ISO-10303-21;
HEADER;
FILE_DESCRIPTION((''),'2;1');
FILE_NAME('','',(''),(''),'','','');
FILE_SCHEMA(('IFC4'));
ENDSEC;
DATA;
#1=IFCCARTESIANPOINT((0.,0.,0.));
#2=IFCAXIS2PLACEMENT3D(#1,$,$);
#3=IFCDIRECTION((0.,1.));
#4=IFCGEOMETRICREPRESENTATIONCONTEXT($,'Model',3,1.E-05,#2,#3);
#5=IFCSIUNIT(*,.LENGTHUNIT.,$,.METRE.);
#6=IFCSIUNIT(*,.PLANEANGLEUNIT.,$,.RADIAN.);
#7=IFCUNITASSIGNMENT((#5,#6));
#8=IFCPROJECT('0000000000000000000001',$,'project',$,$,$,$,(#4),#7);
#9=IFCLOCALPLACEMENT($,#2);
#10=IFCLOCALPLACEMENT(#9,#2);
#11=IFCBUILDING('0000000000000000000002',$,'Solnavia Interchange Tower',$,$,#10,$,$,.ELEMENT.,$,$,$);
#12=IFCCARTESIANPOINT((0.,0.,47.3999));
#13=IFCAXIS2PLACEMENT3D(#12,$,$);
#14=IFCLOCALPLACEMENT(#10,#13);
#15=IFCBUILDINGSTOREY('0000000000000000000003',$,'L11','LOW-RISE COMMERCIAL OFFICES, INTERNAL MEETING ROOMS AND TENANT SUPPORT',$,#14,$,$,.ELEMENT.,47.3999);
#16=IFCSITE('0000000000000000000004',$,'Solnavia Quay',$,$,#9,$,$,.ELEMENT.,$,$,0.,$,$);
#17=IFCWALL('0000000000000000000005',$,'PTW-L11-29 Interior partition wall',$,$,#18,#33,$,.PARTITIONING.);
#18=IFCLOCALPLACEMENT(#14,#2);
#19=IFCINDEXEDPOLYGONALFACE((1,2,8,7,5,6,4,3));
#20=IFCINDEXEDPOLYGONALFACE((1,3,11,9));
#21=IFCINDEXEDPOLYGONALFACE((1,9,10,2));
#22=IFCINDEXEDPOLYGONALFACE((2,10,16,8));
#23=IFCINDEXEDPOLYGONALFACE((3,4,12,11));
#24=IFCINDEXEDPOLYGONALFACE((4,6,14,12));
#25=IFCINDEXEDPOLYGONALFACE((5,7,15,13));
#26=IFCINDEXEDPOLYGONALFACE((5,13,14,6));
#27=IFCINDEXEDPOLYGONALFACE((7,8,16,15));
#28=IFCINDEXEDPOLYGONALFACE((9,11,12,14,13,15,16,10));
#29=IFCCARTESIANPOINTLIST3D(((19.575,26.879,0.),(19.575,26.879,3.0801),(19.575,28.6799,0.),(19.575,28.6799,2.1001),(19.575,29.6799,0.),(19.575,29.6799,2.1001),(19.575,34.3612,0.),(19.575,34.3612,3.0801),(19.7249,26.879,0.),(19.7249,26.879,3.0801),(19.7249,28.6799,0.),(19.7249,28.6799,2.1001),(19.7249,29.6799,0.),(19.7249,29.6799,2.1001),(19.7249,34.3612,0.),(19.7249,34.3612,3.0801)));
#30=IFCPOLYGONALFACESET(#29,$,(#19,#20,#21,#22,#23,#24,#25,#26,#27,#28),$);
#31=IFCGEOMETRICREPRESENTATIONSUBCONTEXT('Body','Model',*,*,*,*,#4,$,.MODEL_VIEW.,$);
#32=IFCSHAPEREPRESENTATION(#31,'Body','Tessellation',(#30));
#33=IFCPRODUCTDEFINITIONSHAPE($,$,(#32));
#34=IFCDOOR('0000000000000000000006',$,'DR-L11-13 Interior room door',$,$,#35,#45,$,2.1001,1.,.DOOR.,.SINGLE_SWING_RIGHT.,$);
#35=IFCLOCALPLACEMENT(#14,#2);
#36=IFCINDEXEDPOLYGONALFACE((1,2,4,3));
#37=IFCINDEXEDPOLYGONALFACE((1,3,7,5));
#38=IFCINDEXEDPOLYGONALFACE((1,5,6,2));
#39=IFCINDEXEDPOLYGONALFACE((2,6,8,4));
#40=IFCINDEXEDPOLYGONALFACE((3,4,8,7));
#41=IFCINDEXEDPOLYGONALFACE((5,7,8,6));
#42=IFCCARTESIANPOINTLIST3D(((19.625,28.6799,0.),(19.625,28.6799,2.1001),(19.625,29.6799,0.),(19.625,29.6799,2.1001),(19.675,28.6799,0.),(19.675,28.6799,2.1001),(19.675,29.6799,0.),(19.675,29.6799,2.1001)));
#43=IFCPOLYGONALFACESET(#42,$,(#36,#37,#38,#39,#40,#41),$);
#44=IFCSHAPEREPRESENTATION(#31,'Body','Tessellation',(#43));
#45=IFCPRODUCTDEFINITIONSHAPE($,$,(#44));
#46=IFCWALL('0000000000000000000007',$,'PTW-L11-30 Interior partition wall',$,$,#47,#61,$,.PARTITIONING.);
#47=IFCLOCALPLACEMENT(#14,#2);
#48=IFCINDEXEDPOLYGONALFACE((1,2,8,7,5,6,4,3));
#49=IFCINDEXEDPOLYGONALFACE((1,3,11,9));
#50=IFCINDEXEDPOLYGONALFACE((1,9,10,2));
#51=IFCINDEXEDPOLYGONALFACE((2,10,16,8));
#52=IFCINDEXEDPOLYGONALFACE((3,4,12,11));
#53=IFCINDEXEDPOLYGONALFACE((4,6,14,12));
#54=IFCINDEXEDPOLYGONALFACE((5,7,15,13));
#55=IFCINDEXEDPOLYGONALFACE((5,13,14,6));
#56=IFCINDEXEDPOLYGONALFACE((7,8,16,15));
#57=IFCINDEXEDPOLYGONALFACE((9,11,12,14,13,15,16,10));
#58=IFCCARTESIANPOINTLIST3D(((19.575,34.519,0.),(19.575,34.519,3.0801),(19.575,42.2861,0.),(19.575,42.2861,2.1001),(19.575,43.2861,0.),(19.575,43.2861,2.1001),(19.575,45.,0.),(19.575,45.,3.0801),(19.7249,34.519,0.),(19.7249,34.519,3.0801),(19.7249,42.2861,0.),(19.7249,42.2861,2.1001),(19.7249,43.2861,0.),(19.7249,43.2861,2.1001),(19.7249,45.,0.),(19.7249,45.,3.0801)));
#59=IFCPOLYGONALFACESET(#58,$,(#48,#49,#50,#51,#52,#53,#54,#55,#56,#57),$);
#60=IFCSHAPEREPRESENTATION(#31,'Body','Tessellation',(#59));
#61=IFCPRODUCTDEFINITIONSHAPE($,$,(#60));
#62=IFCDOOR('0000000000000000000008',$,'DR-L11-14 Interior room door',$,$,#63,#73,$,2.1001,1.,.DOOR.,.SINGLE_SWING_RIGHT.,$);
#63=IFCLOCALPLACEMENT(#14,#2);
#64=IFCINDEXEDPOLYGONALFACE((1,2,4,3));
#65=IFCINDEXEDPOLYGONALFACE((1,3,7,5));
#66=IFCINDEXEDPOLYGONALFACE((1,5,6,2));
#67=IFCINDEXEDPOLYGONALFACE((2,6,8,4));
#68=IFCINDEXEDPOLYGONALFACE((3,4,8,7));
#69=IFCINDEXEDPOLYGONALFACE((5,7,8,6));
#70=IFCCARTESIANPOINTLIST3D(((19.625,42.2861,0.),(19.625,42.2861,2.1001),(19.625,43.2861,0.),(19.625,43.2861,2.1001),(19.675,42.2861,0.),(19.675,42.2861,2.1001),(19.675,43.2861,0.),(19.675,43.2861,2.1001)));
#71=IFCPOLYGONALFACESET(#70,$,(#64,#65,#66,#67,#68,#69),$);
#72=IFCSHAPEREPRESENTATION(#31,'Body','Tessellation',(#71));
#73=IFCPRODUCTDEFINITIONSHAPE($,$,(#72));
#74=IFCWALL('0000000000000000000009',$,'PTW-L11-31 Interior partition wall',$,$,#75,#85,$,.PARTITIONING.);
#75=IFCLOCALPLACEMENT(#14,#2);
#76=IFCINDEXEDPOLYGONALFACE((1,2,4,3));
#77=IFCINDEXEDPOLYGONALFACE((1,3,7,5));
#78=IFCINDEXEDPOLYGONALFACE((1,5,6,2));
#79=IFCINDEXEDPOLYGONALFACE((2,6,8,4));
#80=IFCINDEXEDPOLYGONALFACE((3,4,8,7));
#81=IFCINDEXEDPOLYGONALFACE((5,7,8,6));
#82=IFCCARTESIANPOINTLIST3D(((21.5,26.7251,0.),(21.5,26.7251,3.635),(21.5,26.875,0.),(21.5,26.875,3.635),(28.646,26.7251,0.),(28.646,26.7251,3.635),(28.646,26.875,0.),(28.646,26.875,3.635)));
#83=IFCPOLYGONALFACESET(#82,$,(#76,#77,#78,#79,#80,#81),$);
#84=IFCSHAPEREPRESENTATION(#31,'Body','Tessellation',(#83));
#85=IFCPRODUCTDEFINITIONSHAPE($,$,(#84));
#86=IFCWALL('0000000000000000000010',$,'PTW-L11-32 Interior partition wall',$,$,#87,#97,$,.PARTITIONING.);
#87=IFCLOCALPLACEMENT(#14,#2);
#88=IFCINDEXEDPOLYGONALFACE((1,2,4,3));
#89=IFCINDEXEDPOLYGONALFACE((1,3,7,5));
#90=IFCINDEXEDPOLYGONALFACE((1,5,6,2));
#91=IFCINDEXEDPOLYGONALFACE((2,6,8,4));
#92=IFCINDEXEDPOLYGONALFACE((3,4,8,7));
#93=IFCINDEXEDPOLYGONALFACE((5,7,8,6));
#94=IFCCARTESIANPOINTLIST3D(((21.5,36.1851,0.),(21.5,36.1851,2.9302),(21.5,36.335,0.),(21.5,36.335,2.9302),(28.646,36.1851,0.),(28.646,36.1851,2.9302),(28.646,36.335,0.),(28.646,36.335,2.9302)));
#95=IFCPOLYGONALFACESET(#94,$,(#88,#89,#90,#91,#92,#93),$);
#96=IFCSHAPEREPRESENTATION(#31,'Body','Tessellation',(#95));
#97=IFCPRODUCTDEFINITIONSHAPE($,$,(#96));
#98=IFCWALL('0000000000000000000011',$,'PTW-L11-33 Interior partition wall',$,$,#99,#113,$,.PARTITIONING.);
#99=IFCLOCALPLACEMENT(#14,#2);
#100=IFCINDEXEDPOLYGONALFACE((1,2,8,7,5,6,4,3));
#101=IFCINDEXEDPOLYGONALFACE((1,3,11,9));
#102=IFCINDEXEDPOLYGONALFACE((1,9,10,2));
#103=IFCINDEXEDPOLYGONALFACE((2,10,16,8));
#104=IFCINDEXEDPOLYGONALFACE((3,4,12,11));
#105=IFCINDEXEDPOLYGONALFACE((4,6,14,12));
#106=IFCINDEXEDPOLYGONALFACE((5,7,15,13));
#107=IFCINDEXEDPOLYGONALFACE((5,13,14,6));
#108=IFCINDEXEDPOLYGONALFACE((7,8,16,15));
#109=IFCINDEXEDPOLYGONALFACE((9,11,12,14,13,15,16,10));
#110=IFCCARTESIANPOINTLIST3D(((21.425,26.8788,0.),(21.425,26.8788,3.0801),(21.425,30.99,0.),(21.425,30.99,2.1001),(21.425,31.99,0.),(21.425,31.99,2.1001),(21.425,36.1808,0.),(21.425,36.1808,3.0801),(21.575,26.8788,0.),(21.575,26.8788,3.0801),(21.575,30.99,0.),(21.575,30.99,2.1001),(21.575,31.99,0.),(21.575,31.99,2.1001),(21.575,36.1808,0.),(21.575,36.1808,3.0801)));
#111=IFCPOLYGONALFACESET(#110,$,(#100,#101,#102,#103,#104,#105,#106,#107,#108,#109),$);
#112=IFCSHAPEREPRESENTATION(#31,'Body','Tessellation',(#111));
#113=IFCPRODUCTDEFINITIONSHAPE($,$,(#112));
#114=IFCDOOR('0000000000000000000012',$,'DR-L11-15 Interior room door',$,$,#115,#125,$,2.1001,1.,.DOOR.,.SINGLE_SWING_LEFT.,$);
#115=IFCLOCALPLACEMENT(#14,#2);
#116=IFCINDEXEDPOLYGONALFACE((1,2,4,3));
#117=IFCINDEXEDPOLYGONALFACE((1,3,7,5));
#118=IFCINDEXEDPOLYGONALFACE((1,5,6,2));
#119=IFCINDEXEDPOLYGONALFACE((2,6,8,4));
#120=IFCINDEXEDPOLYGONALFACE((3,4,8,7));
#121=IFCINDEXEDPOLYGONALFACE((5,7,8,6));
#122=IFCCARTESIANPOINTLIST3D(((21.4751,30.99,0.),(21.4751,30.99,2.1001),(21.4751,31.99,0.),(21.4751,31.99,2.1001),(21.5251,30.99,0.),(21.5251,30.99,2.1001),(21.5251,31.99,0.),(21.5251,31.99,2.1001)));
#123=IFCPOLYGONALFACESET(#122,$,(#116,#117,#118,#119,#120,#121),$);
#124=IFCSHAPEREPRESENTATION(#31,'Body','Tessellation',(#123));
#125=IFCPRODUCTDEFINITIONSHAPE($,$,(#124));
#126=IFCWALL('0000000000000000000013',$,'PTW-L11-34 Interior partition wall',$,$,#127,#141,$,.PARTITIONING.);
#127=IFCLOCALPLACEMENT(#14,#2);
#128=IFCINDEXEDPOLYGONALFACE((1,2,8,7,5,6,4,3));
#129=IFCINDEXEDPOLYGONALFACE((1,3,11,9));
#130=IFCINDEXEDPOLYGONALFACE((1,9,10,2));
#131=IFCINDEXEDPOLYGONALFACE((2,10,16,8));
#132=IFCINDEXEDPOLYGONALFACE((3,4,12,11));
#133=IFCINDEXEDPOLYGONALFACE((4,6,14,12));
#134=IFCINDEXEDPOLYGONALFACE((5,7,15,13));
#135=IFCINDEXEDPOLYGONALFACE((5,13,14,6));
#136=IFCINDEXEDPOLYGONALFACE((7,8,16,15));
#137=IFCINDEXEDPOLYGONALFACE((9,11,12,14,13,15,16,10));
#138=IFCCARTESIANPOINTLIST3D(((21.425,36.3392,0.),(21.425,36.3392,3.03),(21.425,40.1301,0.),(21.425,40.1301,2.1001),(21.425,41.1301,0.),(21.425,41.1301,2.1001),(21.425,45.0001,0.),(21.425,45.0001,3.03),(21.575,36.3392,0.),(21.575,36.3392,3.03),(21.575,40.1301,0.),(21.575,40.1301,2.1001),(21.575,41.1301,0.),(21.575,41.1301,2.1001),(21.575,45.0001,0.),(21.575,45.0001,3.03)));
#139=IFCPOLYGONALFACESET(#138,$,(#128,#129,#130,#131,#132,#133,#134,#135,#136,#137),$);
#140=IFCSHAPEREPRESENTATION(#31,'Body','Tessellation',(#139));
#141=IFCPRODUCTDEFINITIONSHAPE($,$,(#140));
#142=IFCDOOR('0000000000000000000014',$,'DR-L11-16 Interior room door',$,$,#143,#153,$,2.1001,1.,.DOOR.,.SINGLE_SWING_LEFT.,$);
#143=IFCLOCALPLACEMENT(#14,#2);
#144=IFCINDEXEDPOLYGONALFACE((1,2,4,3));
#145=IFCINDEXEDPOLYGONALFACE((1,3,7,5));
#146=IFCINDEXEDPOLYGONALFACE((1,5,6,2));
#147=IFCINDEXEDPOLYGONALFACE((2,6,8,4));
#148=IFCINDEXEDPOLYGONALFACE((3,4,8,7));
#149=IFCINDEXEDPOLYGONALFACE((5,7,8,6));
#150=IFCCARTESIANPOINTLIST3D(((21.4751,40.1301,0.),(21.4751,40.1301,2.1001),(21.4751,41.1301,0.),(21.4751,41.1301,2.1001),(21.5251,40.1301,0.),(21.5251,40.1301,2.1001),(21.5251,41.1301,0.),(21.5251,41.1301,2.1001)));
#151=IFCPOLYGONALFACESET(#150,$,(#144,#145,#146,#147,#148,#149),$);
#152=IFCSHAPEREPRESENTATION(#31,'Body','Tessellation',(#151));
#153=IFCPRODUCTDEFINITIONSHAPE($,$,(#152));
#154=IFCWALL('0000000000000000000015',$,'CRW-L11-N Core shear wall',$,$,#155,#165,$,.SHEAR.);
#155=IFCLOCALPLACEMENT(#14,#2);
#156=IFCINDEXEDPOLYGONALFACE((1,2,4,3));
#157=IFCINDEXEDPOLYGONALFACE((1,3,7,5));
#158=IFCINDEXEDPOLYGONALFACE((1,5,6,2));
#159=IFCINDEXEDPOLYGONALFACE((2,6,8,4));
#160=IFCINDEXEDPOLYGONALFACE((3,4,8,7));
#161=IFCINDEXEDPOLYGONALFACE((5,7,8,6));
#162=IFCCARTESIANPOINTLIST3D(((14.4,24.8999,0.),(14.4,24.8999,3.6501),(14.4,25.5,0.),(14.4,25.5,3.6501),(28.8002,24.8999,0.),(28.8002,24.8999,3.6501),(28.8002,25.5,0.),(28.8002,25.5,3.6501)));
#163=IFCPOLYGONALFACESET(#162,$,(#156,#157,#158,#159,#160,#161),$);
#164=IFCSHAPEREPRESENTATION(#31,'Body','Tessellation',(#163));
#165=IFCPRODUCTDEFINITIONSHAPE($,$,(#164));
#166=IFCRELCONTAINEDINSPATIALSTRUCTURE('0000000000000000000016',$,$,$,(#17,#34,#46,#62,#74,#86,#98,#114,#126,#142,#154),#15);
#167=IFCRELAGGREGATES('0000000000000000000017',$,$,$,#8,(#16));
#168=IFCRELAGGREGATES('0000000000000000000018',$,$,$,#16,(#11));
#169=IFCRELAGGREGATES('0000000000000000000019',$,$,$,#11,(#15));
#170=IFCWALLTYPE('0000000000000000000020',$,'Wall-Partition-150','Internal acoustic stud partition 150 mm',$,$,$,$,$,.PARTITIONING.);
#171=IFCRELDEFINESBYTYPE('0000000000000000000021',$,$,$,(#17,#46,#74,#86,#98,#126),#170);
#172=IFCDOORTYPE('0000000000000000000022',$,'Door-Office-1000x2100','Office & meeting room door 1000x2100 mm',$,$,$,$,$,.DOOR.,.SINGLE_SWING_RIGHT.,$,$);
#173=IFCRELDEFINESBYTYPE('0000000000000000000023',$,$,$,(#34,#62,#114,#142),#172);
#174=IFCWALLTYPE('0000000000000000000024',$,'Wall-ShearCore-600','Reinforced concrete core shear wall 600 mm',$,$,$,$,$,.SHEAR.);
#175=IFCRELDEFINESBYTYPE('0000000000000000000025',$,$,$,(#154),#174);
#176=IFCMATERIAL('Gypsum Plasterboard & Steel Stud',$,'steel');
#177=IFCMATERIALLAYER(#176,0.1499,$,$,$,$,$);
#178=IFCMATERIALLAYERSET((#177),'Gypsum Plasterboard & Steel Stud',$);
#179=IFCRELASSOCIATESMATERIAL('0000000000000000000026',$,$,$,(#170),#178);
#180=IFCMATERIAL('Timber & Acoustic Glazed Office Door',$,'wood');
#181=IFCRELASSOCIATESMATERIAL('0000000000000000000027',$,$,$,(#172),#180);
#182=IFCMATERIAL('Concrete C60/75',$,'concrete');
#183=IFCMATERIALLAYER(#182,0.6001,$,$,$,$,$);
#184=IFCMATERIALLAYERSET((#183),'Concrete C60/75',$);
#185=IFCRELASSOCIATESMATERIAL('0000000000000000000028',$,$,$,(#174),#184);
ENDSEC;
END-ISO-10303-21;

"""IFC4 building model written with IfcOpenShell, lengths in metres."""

from ifc_helpers import new_model, si_unit, direction, frame, frame_2d, origin, place, context, subcontext, project, spatial, rectangle, extrude, material, layer, layer_set, type_object, element, fill, save


model = new_model("IFC4")

# Units and contexts
model_context = context("Model", 3, precision=1e-05, world=origin(), true_north=direction((0.0, 1.0)))
body_context = subcontext(model_context, "Body", "Model", "MODEL_VIEW")
ifc_project = project(units=[si_unit("LENGTHUNIT", "METRE"), si_unit("PLANEANGLEUNIT", "RADIAN")], contexts=[model_context])

# Site, building, storey
site_placement = place(None, origin())
site = spatial("IfcSite", under=ifc_project, at=site_placement, Name="Solnavia Quay", CompositionType="ELEMENT", RefElevation=0.0)
building_placement = place(site_placement, origin())
building = spatial("IfcBuilding", under=site, at=building_placement, Name="Solnavia Interchange Tower", CompositionType="ELEMENT")
storey_placement = place(building_placement, frame((0.0, 0.0, 47.3999)))
storey = spatial("IfcBuildingStorey", under=building, at=storey_placement, Name="L11", Description="LOW-RISE COMMERCIAL OFFICES, INTERNAL MEETING ROOMS AND TENANT SUPPORT", CompositionType="ELEMENT", Elevation=47.3999)

# Walls, openings, doors
ifc_material_1 = material(Name="Gypsum Plasterboard & Steel Stud", Category="steel")
ifc_layer_1 = layer(ifc_material_1, 0.1499)
ifc_layer_set_1 = layer_set([ifc_layer_1], Name="Gypsum Plasterboard & Steel Stud")
wall_type_1 = type_object("IfcWallType", Name="Wall-Partition-150", Description="Internal acoustic stud partition 150 mm", PredefinedType="PARTITIONING", material=ifc_layer_set_1)
wall_1_placement = place(storey_placement, frame((19.6499, 26.8789, 0.0), z_axis=(0.0, 0.0, 1.0), x_axis=(0.0, 1.0, 0.0)))
wall_1 = element("IfcWall", 1, at=wall_1_placement, inside=storey, type_object=wall_type_1, Name="PTW-L11-29 Interior partition wall", PredefinedType="PARTITIONING", context=body_context, shape_type="SweptSolid", body=[
    extrude(rectangle(XDim=7.4822, YDim=0.1499, at=frame_2d((3.7412, 0.0))), origin(), (0.0, 0.0, 1.0), 3.0801),
])
opening_1_placement = place(wall_1_placement, frame((1.801, 0.0, 0.0)))
opening_1 = element("IfcOpeningElement", 2, at=opening_1_placement, cuts=wall_1, PredefinedType="OPENING", context=body_context, shape_type="SweptSolid", body=[
    extrude(rectangle(XDim=1.0, YDim=2.1001, at=frame_2d((0.5, 1.05))), frame((0.0, 0.085, 0.0), z_axis=(0.0, -1.0, 0.0), x_axis=(1.0, 0.0, 0.0)), (0.0, 0.0, 1.0), 0.1699),
])
ifc_material_2 = material(Name="Timber & Acoustic Glazed Office Door", Category="wood")
door_type = type_object("IfcDoorType", Name="Door-Office-1000x2100", Description="Office & meeting room door 1000x2100 mm", OperationType="SINGLE_SWING_RIGHT", PredefinedType="DOOR", material=ifc_material_2)
door_1_placement = place(opening_1_placement, origin())
door_1 = element("IfcDoor", 3, at=door_1_placement, inside=storey, type_object=door_type, Name="DR-L11-13 Interior room door", OperationType="SINGLE_SWING_RIGHT", OverallHeight=2.1001, OverallWidth=1.0, PredefinedType="DOOR", context=body_context, shape_type="SweptSolid", body=[
    extrude(rectangle(XDim=1.0, YDim=2.1001, at=frame_2d((0.5, 1.05))), frame((0.0, 0.0249, 0.0), z_axis=(0.0, -1.0, 0.0), x_axis=(1.0, 0.0, 0.0)), (0.0, 0.0, 1.0), 0.05),
])
fill(opening_1, door_1)
wall_2_placement = place(storey_placement, frame((19.6499, 34.519, 0.0), z_axis=(0.0, 0.0, 1.0), x_axis=(0.0, 1.0, 0.0)))
wall_2 = element("IfcWall", 4, at=wall_2_placement, inside=storey, type_object=wall_type_1, Name="PTW-L11-30 Interior partition wall", PredefinedType="PARTITIONING", context=body_context, shape_type="SweptSolid", body=[
    extrude(rectangle(XDim=10.481, YDim=0.1499, at=frame_2d((5.2405, 0.0))), origin(), (0.0, 0.0, 1.0), 3.0801),
])
opening_2_placement = place(wall_2_placement, frame((7.7671, 0.0, 0.0)))
opening_2 = element("IfcOpeningElement", 5, at=opening_2_placement, cuts=wall_2, PredefinedType="OPENING", context=body_context, shape_type="SweptSolid", body=[
    extrude(rectangle(XDim=1.0, YDim=2.1001, at=frame_2d((0.5, 1.05))), frame((0.0, 0.085, 0.0), z_axis=(0.0, -1.0, 0.0), x_axis=(1.0, 0.0, 0.0)), (0.0, 0.0, 1.0), 0.1699),
])
door_2_placement = place(opening_2_placement, origin())
door_2 = element("IfcDoor", 6, at=door_2_placement, inside=storey, type_object=door_type, Name="DR-L11-14 Interior room door", OperationType="SINGLE_SWING_RIGHT", OverallHeight=2.1001, OverallWidth=1.0, PredefinedType="DOOR", context=body_context, shape_type="SweptSolid", body=[
    extrude(rectangle(XDim=1.0, YDim=2.1001, at=frame_2d((0.5, 1.05))), frame((0.0, 0.0249, 0.0), z_axis=(0.0, -1.0, 0.0), x_axis=(1.0, 0.0, 0.0)), (0.0, 0.0, 1.0), 0.05),
])
fill(opening_2, door_2)

# Walls
wall_3_placement = place(storey_placement, frame((21.5, 26.8, 0.0), z_axis=(0.0, 0.0, 1.0), x_axis=(1.0, 0.0, 0.0)))
element("IfcWall", 7, at=wall_3_placement, inside=storey, type_object=wall_type_1, Name="PTW-L11-31 Interior partition wall", PredefinedType="PARTITIONING", context=body_context, shape_type="SweptSolid", body=[
    extrude(rectangle(XDim=7.146, YDim=0.1499, at=frame_2d((3.573, 0.0))), origin(), (0.0, 0.0, 1.0), 3.635),
])
wall_4_placement = place(storey_placement, frame((21.5, 36.26, 0.0), z_axis=(0.0, 0.0, 1.0), x_axis=(1.0, 0.0, 0.0)))
element("IfcWall", 8, at=wall_4_placement, inside=storey, type_object=wall_type_1, Name="PTW-L11-32 Interior partition wall", PredefinedType="PARTITIONING", context=body_context, shape_type="SweptSolid", body=[
    extrude(rectangle(XDim=7.146, YDim=0.1499, at=frame_2d((3.573, 0.0))), origin(), (0.0, 0.0, 1.0), 2.9302),
])

# Walls, openings, doors
wall_5_placement = place(storey_placement, frame((21.5, 26.8789, 0.0), z_axis=(0.0, 0.0, 1.0), x_axis=(0.0, 1.0, 0.0)))
wall_5 = element("IfcWall", 9, at=wall_5_placement, inside=storey, type_object=wall_type_1, Name="PTW-L11-33 Interior partition wall", PredefinedType="PARTITIONING", context=body_context, shape_type="SweptSolid", body=[
    extrude(rectangle(XDim=9.302, YDim=0.1499, at=frame_2d((4.6509, 0.0))), origin(), (0.0, 0.0, 1.0), 3.0801),
])
opening_3_placement = place(wall_5_placement, frame((4.1111, 0.0, 0.0)))
opening_3 = element("IfcOpeningElement", 10, at=opening_3_placement, cuts=wall_5, PredefinedType="OPENING", context=body_context, shape_type="SweptSolid", body=[
    extrude(rectangle(XDim=1.0, YDim=2.1001, at=frame_2d((0.5, 1.05))), frame((0.0, 0.085, 0.0), z_axis=(0.0, -1.0, 0.0), x_axis=(1.0, 0.0, 0.0)), (0.0, 0.0, 1.0), 0.1699),
])
door_3_placement = place(opening_3_placement, origin())
door_3 = element("IfcDoor", 11, at=door_3_placement, inside=storey, type_object=door_type, Name="DR-L11-15 Interior room door", OperationType="SINGLE_SWING_LEFT", OverallHeight=2.1001, OverallWidth=1.0, PredefinedType="DOOR", context=body_context, shape_type="SweptSolid", body=[
    extrude(rectangle(XDim=1.0, YDim=2.1001, at=frame_2d((0.5, 1.05))), frame((0.0, 0.0249, 0.0), z_axis=(0.0, -1.0, 0.0), x_axis=(1.0, 0.0, 0.0)), (0.0, 0.0, 1.0), 0.05),
])
fill(opening_3, door_3)
wall_6_placement = place(storey_placement, frame((21.5, 36.3391, 0.0), z_axis=(0.0, 0.0, 1.0), x_axis=(0.0, 1.0, 0.0)))
wall_6 = element("IfcWall", 12, at=wall_6_placement, inside=storey, type_object=wall_type_1, Name="PTW-L11-34 Interior partition wall", PredefinedType="PARTITIONING", context=body_context, shape_type="SweptSolid", body=[
    extrude(rectangle(XDim=8.6609, YDim=0.1499, at=frame_2d((4.3306, 0.0))), origin(), (0.0, 0.0, 1.0), 3.03),
])
opening_4_placement = place(wall_6_placement, frame((3.791, 0.0, 0.0)))
opening_4 = element("IfcOpeningElement", 13, at=opening_4_placement, cuts=wall_6, PredefinedType="OPENING", context=body_context, shape_type="SweptSolid", body=[
    extrude(rectangle(XDim=1.0, YDim=2.1001, at=frame_2d((0.5, 1.05))), frame((0.0, 0.085, 0.0), z_axis=(0.0, -1.0, 0.0), x_axis=(1.0, 0.0, 0.0)), (0.0, 0.0, 1.0), 0.1699),
])
door_4_placement = place(opening_4_placement, origin())
door_4 = element("IfcDoor", 14, at=door_4_placement, inside=storey, type_object=door_type, Name="DR-L11-16 Interior room door", OperationType="SINGLE_SWING_LEFT", OverallHeight=2.1001, OverallWidth=1.0, PredefinedType="DOOR", context=body_context, shape_type="SweptSolid", body=[
    extrude(rectangle(XDim=1.0, YDim=2.1001, at=frame_2d((0.5, 1.05))), frame((0.0, 0.0249, 0.0), z_axis=(0.0, -1.0, 0.0), x_axis=(1.0, 0.0, 0.0)), (0.0, 0.0, 1.0), 0.05),
])
fill(opening_4, door_4)

# Wall
ifc_material_3 = material(Name="Concrete C60/75", Category="concrete")
ifc_layer_2 = layer(ifc_material_3, 0.6001)
ifc_layer_set_2 = layer_set([ifc_layer_2], Name="Concrete C60/75")
wall_type_2 = type_object("IfcWallType", Name="Wall-ShearCore-600", Description="Reinforced concrete core shear wall 600 mm", PredefinedType="SHEAR", material=ifc_layer_set_2)
wall_7_placement = place(storey_placement, frame((14.3999, 25.2, 0.0), z_axis=(0.0, 0.0, 1.0), x_axis=(1.0, 0.0, 0.0)))
element("IfcWall", 15, at=wall_7_placement, inside=storey, type_object=wall_type_2, Name="CRW-L11-N Core shear wall", PredefinedType="SHEAR", context=body_context, shape_type="SweptSolid", body=[
    extrude(rectangle(XDim=14.4001, YDim=0.6001, at=frame_2d((7.2002, 0.0))), origin(), (0.0, 0.0, 1.0), 3.6501),
])

save(model, "model.ifc")
